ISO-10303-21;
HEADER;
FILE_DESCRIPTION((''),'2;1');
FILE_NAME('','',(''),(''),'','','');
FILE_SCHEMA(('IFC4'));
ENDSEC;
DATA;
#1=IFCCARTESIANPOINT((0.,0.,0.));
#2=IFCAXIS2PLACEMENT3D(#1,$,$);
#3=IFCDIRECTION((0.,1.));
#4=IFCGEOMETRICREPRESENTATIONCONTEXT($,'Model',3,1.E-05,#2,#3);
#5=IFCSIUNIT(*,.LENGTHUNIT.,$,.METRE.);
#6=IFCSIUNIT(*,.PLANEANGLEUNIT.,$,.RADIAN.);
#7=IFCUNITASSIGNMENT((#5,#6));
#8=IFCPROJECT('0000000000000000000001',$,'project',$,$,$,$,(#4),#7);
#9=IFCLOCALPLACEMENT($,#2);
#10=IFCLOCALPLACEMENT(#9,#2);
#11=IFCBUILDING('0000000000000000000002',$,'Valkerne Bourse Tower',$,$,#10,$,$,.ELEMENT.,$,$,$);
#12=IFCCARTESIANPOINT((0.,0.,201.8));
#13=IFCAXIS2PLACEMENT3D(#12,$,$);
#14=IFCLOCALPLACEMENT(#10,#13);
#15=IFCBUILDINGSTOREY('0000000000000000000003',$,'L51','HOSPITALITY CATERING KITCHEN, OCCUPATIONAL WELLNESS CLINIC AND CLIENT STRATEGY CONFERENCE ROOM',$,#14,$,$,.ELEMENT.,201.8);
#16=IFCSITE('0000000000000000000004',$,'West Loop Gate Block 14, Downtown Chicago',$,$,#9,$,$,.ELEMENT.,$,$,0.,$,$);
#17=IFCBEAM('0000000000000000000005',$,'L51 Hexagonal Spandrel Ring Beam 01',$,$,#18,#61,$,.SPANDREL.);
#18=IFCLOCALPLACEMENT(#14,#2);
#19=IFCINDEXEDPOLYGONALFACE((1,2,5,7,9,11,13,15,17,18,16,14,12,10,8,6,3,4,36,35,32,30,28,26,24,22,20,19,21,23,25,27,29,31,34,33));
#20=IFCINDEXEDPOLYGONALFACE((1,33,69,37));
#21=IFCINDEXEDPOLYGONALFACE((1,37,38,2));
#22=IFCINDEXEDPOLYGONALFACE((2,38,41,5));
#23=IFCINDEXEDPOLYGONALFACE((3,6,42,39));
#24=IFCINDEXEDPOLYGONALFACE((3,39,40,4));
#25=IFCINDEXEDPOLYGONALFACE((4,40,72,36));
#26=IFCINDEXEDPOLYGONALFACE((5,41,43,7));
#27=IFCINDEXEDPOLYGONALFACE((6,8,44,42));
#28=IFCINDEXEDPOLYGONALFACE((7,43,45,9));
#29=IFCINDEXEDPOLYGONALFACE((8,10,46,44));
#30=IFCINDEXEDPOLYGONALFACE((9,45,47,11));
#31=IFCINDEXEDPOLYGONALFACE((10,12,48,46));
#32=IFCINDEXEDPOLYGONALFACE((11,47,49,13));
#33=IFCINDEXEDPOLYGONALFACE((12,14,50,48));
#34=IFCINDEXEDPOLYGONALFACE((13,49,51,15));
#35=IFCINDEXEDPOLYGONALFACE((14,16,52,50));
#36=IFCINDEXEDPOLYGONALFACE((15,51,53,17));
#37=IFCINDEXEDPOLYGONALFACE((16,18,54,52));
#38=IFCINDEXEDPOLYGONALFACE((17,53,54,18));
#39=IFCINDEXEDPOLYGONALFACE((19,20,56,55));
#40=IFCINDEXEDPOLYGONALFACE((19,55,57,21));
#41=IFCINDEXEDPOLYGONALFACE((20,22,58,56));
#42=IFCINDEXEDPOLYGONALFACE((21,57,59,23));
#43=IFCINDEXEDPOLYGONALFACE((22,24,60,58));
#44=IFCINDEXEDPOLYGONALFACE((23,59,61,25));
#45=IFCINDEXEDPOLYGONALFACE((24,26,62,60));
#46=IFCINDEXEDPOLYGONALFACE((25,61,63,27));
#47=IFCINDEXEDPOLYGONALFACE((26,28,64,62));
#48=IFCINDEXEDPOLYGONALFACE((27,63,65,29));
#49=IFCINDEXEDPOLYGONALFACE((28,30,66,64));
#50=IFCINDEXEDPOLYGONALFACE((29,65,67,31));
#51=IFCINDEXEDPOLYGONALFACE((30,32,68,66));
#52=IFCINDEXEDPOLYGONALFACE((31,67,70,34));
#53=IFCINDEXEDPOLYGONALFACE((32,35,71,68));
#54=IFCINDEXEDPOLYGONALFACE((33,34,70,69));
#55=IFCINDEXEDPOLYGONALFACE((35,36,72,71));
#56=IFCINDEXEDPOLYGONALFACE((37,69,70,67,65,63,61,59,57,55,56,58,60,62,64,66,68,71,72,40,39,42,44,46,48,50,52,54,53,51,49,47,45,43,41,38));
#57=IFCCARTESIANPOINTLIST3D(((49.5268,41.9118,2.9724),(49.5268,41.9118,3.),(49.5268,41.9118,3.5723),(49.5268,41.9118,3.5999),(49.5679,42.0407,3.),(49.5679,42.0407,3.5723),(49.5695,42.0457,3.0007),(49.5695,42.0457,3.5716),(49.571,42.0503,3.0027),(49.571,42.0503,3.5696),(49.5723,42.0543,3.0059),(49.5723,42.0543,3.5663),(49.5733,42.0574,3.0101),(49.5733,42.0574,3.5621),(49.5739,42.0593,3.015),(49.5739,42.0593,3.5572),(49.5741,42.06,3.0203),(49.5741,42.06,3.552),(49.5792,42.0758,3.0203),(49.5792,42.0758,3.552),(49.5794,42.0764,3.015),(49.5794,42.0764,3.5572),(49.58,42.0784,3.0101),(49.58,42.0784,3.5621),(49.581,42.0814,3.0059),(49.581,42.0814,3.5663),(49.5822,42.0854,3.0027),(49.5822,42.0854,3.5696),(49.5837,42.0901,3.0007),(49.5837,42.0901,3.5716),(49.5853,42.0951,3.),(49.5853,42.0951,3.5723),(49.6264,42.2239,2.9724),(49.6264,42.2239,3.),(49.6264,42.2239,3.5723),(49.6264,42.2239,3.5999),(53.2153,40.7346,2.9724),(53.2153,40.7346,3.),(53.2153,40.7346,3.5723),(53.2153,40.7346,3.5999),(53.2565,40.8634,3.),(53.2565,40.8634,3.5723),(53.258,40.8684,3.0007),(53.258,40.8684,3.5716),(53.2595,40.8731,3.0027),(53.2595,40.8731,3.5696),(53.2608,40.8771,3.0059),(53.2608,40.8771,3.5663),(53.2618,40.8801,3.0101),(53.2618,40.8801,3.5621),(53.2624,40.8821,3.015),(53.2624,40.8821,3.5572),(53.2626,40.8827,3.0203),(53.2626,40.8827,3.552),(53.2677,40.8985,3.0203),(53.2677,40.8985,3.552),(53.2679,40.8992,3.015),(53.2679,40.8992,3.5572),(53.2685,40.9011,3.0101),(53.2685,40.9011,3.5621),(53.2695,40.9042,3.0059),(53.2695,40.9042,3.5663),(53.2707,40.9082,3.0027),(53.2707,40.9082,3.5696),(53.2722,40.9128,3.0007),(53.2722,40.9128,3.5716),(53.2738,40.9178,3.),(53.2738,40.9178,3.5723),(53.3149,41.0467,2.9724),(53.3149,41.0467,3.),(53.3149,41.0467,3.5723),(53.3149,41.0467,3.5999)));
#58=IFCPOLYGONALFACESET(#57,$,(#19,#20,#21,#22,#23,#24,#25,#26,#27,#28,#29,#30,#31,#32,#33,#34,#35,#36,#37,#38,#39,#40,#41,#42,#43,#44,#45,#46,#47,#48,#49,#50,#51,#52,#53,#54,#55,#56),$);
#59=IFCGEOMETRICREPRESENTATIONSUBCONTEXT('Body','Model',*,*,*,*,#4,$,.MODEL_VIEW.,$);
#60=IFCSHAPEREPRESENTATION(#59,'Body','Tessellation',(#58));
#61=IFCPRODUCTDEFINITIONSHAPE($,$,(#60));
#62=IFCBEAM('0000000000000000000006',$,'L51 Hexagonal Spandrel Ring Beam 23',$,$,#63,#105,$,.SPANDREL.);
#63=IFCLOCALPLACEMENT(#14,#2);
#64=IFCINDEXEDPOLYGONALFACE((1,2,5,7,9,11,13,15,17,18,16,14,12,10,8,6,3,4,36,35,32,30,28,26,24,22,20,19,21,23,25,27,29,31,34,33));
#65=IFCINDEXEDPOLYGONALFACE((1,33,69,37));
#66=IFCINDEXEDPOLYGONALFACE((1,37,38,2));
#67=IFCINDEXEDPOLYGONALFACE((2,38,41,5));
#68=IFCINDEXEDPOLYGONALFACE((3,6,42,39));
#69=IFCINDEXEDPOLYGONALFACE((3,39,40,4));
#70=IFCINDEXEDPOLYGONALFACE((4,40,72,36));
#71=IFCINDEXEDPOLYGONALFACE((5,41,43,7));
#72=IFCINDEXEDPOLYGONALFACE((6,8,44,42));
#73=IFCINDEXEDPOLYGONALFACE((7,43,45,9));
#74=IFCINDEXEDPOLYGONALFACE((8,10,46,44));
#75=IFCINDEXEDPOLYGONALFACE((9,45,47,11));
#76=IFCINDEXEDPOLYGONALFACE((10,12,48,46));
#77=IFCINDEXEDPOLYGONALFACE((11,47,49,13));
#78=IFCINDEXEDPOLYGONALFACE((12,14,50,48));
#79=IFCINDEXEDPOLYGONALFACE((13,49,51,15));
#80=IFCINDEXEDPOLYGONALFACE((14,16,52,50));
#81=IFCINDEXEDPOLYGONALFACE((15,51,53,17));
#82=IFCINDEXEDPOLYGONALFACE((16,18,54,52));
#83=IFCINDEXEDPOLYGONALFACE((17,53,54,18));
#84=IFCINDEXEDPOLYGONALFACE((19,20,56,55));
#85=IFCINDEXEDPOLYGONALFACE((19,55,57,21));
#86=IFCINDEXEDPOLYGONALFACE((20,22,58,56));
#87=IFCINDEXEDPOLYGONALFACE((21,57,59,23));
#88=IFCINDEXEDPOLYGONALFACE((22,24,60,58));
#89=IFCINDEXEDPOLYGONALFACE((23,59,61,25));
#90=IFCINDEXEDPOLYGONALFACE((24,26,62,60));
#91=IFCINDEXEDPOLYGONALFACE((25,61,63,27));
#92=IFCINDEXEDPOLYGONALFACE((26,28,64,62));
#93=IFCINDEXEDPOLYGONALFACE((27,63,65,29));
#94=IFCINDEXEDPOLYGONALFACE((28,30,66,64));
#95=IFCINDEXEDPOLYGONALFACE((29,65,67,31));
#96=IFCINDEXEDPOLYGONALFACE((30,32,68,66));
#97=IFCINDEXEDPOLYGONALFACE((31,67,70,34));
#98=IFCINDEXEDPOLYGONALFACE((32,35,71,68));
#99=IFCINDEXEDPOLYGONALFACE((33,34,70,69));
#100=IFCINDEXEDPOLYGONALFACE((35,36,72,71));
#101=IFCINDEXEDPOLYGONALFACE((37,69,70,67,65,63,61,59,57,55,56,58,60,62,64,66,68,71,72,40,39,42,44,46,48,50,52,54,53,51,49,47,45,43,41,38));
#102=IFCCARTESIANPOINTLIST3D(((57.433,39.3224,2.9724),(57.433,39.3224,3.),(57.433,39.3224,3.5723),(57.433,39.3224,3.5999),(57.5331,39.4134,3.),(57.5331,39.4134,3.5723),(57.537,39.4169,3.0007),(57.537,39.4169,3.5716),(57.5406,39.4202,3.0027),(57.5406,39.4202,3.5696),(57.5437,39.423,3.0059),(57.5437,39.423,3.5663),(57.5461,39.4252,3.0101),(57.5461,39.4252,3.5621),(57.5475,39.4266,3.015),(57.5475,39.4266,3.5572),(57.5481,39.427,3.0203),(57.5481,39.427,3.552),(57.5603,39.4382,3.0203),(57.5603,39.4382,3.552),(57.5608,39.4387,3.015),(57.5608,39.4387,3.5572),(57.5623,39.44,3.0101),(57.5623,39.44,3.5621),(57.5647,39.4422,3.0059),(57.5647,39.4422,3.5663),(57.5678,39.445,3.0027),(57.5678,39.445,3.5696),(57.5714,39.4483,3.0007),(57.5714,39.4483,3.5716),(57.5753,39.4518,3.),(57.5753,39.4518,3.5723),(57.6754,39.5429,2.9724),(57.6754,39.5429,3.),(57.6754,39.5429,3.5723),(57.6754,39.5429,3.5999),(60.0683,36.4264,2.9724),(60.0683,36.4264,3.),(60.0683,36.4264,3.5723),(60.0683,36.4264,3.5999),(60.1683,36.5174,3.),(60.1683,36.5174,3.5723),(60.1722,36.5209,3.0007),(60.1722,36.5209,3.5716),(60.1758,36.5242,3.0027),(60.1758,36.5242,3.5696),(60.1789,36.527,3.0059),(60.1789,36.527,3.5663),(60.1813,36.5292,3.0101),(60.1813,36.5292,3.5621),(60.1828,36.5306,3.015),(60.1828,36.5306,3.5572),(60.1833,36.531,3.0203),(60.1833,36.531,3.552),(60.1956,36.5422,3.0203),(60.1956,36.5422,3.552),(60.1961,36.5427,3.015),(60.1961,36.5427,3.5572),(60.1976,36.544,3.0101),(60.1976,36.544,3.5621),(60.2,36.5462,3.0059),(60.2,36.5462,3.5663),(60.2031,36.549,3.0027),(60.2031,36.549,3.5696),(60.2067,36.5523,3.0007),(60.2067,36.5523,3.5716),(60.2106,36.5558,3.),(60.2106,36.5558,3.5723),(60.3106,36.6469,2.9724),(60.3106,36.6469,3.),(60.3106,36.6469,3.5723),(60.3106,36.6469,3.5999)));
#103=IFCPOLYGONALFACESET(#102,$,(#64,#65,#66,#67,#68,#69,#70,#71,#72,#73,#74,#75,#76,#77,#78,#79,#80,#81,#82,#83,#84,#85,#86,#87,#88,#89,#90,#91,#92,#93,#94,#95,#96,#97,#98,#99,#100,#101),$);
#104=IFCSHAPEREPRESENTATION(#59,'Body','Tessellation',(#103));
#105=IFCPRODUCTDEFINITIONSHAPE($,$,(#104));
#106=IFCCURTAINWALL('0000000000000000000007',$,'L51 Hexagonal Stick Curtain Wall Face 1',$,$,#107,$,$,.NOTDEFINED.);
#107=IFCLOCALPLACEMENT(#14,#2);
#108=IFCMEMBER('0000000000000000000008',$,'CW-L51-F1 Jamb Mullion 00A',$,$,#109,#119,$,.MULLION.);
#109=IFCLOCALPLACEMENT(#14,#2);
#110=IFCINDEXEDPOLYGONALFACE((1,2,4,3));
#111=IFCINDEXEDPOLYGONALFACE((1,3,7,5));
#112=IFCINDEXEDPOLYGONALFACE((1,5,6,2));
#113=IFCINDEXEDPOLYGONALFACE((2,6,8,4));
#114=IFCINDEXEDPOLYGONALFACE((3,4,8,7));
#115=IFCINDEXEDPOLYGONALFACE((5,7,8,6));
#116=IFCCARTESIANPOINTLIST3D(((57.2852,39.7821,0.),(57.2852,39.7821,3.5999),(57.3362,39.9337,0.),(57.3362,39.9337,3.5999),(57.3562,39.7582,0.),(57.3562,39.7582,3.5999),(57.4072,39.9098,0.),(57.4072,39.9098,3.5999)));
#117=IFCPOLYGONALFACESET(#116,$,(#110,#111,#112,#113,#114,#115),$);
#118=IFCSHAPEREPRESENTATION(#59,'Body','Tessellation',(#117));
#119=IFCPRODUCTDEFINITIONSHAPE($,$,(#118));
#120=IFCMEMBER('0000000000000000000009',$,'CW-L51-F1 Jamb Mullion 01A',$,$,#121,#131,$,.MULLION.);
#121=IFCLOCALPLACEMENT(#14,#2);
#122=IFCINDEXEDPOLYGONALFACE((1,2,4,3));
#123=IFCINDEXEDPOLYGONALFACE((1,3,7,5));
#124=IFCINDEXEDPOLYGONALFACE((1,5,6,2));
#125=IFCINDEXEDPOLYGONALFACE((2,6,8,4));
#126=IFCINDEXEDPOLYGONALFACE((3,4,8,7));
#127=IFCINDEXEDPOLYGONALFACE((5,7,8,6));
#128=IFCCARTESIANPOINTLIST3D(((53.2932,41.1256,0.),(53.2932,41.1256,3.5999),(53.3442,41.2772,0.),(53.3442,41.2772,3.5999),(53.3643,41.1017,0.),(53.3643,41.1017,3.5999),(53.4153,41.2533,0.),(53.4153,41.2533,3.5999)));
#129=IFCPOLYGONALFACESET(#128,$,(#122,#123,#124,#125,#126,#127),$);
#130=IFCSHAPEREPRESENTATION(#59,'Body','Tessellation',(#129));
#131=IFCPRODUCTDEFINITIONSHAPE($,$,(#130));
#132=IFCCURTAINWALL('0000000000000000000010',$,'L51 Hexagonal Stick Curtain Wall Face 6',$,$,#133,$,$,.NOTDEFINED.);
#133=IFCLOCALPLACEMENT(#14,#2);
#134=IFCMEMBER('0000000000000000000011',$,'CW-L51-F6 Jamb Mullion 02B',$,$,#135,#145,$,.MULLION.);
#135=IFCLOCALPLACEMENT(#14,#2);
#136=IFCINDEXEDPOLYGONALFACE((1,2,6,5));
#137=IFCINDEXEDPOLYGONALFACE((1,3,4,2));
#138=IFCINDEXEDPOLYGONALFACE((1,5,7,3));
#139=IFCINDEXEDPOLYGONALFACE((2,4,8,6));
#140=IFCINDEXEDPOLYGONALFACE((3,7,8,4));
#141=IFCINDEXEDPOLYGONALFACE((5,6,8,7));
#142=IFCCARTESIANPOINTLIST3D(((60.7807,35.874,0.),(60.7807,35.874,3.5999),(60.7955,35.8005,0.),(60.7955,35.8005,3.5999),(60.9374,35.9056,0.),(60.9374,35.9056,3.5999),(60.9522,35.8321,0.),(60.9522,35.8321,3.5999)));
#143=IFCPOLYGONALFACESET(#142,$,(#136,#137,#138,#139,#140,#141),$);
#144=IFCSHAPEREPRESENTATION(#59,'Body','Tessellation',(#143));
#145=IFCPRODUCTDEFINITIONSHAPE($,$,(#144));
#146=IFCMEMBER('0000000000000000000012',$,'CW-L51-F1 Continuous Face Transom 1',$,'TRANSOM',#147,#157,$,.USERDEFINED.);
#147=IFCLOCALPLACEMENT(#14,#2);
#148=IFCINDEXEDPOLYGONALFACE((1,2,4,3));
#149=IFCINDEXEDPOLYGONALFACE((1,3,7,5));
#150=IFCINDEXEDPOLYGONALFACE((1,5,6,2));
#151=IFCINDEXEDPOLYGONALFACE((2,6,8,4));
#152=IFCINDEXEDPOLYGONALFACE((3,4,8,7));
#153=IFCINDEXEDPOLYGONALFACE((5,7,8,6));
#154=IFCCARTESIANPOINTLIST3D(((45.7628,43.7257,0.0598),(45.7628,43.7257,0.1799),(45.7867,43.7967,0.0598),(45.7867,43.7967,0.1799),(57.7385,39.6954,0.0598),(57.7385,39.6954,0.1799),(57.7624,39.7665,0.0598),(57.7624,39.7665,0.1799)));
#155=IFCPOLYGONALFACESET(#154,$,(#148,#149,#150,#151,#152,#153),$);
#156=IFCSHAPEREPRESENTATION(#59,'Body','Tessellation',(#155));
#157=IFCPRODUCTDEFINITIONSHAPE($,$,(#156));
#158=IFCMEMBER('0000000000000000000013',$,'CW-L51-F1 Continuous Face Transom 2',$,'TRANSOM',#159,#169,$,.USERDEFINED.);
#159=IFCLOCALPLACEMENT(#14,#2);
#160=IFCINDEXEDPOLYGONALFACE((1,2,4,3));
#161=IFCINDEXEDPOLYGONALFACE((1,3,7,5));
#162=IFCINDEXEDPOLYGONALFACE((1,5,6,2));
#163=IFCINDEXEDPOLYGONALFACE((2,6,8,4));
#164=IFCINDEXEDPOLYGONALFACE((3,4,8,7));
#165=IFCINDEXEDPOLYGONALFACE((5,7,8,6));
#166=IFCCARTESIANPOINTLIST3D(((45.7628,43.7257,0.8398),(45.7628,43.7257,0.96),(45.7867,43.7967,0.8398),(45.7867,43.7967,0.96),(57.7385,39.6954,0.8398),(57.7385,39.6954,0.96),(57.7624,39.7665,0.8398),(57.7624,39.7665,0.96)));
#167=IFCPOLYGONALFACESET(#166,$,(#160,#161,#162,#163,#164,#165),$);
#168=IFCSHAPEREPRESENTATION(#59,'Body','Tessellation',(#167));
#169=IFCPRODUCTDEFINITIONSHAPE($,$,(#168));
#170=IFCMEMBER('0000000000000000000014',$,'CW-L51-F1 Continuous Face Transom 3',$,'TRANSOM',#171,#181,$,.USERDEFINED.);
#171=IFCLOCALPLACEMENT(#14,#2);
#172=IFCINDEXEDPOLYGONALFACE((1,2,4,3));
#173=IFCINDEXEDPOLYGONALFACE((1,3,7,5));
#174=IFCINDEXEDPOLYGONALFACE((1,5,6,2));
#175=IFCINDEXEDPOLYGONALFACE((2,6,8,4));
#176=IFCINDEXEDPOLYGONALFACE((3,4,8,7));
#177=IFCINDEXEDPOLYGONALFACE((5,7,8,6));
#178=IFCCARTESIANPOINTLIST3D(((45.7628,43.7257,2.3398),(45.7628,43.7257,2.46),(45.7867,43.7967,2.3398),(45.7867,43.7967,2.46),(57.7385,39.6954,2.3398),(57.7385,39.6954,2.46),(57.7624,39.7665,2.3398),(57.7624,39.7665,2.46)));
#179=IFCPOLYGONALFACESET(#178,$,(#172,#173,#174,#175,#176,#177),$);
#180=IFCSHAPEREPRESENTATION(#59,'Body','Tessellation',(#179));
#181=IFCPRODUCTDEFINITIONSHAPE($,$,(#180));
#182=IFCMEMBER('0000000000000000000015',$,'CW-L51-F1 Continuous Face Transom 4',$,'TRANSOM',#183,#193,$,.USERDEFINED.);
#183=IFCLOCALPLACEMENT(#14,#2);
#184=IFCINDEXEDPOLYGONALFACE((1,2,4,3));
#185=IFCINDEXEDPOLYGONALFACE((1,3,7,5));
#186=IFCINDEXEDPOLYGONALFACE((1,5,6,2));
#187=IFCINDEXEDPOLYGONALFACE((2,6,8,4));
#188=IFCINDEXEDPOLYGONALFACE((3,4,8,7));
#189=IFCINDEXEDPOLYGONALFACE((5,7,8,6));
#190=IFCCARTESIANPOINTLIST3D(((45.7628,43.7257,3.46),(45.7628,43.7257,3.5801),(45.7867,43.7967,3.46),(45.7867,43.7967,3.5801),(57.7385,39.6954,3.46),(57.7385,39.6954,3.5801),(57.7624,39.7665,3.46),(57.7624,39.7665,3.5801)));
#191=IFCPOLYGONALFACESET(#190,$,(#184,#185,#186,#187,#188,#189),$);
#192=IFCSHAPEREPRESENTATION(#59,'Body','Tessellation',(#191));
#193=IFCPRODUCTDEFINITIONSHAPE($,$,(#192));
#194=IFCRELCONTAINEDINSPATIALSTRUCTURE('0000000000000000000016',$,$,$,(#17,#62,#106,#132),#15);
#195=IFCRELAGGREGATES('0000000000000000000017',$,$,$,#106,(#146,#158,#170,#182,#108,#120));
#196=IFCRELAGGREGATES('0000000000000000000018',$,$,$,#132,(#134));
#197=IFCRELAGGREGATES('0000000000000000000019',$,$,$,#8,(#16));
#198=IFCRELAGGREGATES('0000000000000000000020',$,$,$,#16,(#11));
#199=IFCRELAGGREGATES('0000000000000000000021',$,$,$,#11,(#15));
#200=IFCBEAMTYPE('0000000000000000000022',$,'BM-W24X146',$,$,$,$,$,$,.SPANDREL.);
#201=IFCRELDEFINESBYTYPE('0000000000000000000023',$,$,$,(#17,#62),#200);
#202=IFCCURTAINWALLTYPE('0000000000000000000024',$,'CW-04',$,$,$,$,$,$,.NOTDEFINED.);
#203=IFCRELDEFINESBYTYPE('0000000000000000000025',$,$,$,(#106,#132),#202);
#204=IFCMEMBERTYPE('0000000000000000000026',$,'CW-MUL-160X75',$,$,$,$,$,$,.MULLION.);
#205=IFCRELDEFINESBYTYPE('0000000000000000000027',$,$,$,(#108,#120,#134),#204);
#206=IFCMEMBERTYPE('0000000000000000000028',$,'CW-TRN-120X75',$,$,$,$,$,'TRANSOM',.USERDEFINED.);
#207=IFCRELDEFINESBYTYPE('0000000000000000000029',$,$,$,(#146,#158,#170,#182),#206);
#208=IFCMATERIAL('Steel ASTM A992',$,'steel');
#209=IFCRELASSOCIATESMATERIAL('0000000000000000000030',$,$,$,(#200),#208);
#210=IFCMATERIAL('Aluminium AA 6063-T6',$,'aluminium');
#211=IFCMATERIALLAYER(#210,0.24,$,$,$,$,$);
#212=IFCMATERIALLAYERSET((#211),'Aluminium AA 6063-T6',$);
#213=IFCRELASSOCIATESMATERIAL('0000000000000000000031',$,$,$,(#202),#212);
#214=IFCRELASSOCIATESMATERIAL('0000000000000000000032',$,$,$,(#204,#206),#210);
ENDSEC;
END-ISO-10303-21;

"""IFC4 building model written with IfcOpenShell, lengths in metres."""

from ifc_helpers import new_model, si_unit, direction, frame, origin, origin_2d, place, context, subcontext, project, spatial, rectangle, i_section, extrude, material, layer, layer_set, material_profile, profile_set, type_object, element, aggregate, save


model = new_model("IFC4")

# Units and contexts
model_context = context("Model", 3, precision=1e-05, world=origin(), true_north=direction((0.0, 1.0)))
body_context = subcontext(model_context, "Body", "Model", "MODEL_VIEW")
ifc_project = project(units=[si_unit("LENGTHUNIT", "METRE"), si_unit("PLANEANGLEUNIT", "RADIAN")], contexts=[model_context])

# Site, building, storey
site_placement = place(None, origin())
site = spatial("IfcSite", under=ifc_project, at=site_placement, Name="West Loop Gate Block 14, Downtown Chicago", CompositionType="ELEMENT", RefElevation=0.0)
building_placement = place(site_placement, origin())
building = spatial("IfcBuilding", under=site, at=building_placement, Name="Valkerne Bourse Tower", CompositionType="ELEMENT")
storey_placement = place(building_placement, frame((0.0, 0.0, 201.8)))
storey = spatial("IfcBuildingStorey", under=building, at=storey_placement, Name="L51", Description="HOSPITALITY CATERING KITCHEN, OCCUPATIONAL WELLNESS CLINIC AND CLIENT STRATEGY CONFERENCE ROOM", CompositionType="ELEMENT", Elevation=201.8)

# Beams
ifc_material_1 = material(Name="Steel ASTM A992", Category="steel")
ifc_material_profile_1 = material_profile(ifc_material_1, i_section(OverallWidth=0.3276, OverallDepth=0.6274, WebThickness=0.0166, FlangeThickness=0.0276, FilletRadius=0.0203, at=origin_2d()), Name="W24X146")
ifc_profile_set_1 = profile_set([ifc_material_profile_1], Name="Steel ASTM A992")
beam_type = type_object("IfcBeamType", Name="BM-W24X146", PredefinedType="SPANDREL", material=ifc_profile_set_1)
beam_1_placement = place(storey_placement, frame((53.2651, 40.8906, 3.2861), z_axis=(-0.952654, 0.304057, 0.0), x_axis=(-0.304057, -0.952654, 0.0)))
element("IfcBeam", 1, at=beam_1_placement, inside=storey, type_object=beam_type, Name="L51 Hexagonal Spandrel Ring Beam 01", PredefinedType="SPANDREL", context=body_context, shape_type="SweptSolid", body=[
    extrude(i_section(OverallWidth=0.3276, OverallDepth=0.6274, WebThickness=0.0166, FlangeThickness=0.0276, FilletRadius=0.0203, at=origin_2d()), origin(), (0.0, 0.0, 1.0), 3.8718),
])
beam_2_placement = place(storey_placement, frame((60.1895, 36.5366, 3.2861), z_axis=(-0.673027, 0.739618, 0.0), x_axis=(-0.739618, -0.673027, 0.0)))
element("IfcBeam", 2, at=beam_2_placement, inside=storey, type_object=beam_type, Name="L51 Hexagonal Spandrel Ring Beam 23", PredefinedType="SPANDREL", context=body_context, shape_type="SweptSolid", body=[
    extrude(i_section(OverallWidth=0.3276, OverallDepth=0.6274, WebThickness=0.0166, FlangeThickness=0.0276, FilletRadius=0.0203, at=origin_2d()), origin(), (0.0, 0.0, 1.0), 3.9155),
])

# Curtain wall, members
ifc_material_2 = material(Name="Aluminium AA 6063-T6", Category="aluminium")
ifc_layer_1 = layer(ifc_material_2, 0.24)
ifc_layer_set_1 = layer_set([ifc_layer_1], Name="Aluminium AA 6063-T6")
curtain_wall_type = type_object("IfcCurtainWallType", Name="CW-04", PredefinedType="NOTDEFINED", material=ifc_layer_set_1)
curtain_wall_1_placement = place(storey_placement, origin())
curtain_wall_1 = element("IfcCurtainWall", 3, at=curtain_wall_1_placement, inside=storey, type_object=curtain_wall_type, Name="L51 Hexagonal Stick Curtain Wall Face 1", PredefinedType="NOTDEFINED")
ifc_material_profile_2 = material_profile(ifc_material_2, rectangle(XDim=0.075, YDim=0.1599, at=origin_2d()), Name="CWM-75X160")
ifc_profile_set_2 = profile_set([ifc_material_profile_2], Name="Aluminium AA 6063-T6")
member_type_1 = type_object("IfcMemberType", Name="CW-MUL-160X75", PredefinedType="MULLION", material=ifc_profile_set_2)
member_1_placement = place(storey_placement, frame((57.3462, 39.8459, 0.0), z_axis=(0.0, 0.0, 1.0), x_axis=(-0.947765, 0.318969, 0.0)))
member_1 = element("IfcMember", 4, at=member_1_placement, type_object=member_type_1, Name="CW-L51-F1 Jamb Mullion 00A", PredefinedType="MULLION", context=body_context, shape_type="SweptSolid", body=[
    extrude(rectangle(XDim=0.075, YDim=0.1599, at=origin_2d()), origin(), (0.0, 0.0, 1.0), 3.5999),
])
member_2_placement = place(storey_placement, frame((53.3542, 41.1895, 0.0), z_axis=(0.0, 0.0, 1.0), x_axis=(-0.947772, 0.318947, 0.0)))
member_2 = element("IfcMember", 5, at=member_2_placement, type_object=member_type_1, Name="CW-L51-F1 Jamb Mullion 01A", PredefinedType="MULLION", context=body_context, shape_type="SweptSolid", body=[
    extrude(rectangle(XDim=0.075, YDim=0.1599, at=origin_2d()), origin(), (0.0, 0.0, 1.0), 3.5999),
])

# Curtain wall, member
curtain_wall_2_placement = place(storey_placement, origin())
curtain_wall_2 = element("IfcCurtainWall", 6, at=curtain_wall_2_placement, inside=storey, type_object=curtain_wall_type, Name="L51 Hexagonal Stick Curtain Wall Face 6", PredefinedType="NOTDEFINED")
member_3_placement = place(storey_placement, frame((60.8665, 35.853, 0.0), z_axis=(0.0, 0.0, 1.0), x_axis=(-0.19765, 0.980273, 0.0)))
member_3 = element("IfcMember", 7, at=member_3_placement, type_object=member_type_1, Name="CW-L51-F6 Jamb Mullion 02B", PredefinedType="MULLION", context=body_context, shape_type="SweptSolid", body=[
    extrude(rectangle(XDim=0.075, YDim=0.1599, at=origin_2d()), origin(), (0.0, 0.0, 1.0), 3.5999),
])

# Members
ifc_material_profile_3 = material_profile(ifc_material_2, rectangle(XDim=0.075, YDim=0.1201, at=origin_2d()), Name="CWT-75X120")
ifc_profile_set_3 = profile_set([ifc_material_profile_3], Name="Aluminium AA 6063-T6")
member_type_2 = type_object("IfcMemberType", Name="CW-TRN-120X75", ElementType="TRANSOM", PredefinedType="USERDEFINED", material=ifc_profile_set_3)
member_4_placement = place(storey_placement, frame((57.7505, 39.731, 0.1199), z_axis=(-0.947769, 0.318957, 0.0), x_axis=(-0.318957, -0.947769, 0.0)))
member_4 = element("IfcMember", 8, at=member_4_placement, type_object=member_type_2, Name="CW-L51-F1 Continuous Face Transom 1", ObjectType="TRANSOM", PredefinedType="USERDEFINED", context=body_context, shape_type="SweptSolid", body=[
    extrude(rectangle(XDim=0.075, YDim=0.1201, at=origin_2d()), origin(), (0.0, 0.0, 1.0), 12.6357),
])
member_5_placement = place(storey_placement, frame((57.7505, 39.731, 0.8999), z_axis=(-0.947769, 0.318957, 0.0), x_axis=(-0.318957, -0.947769, 0.0)))
member_5 = element("IfcMember", 9, at=member_5_placement, type_object=member_type_2, Name="CW-L51-F1 Continuous Face Transom 2", ObjectType="TRANSOM", PredefinedType="USERDEFINED", context=body_context, shape_type="SweptSolid", body=[
    extrude(rectangle(XDim=0.075, YDim=0.1201, at=origin_2d()), origin(), (0.0, 0.0, 1.0), 12.6357),
])
member_6_placement = place(storey_placement, frame((57.7505, 39.731, 2.3999), z_axis=(-0.947769, 0.318957, 0.0), x_axis=(-0.318957, -0.947769, 0.0)))
member_6 = element("IfcMember", 10, at=member_6_placement, type_object=member_type_2, Name="CW-L51-F1 Continuous Face Transom 3", ObjectType="TRANSOM", PredefinedType="USERDEFINED", context=body_context, shape_type="SweptSolid", body=[
    extrude(rectangle(XDim=0.075, YDim=0.1201, at=origin_2d()), origin(), (0.0, 0.0, 1.0), 12.6357),
])
member_7_placement = place(storey_placement, frame((57.7505, 39.731, 3.52), z_axis=(-0.947769, 0.318957, 0.0), x_axis=(-0.318957, -0.947769, 0.0)))
member_7 = element("IfcMember", 11, at=member_7_placement, type_object=member_type_2, Name="CW-L51-F1 Continuous Face Transom 4", ObjectType="TRANSOM", PredefinedType="USERDEFINED", context=body_context, shape_type="SweptSolid", body=[
    extrude(rectangle(XDim=0.075, YDim=0.1201, at=origin_2d()), origin(), (0.0, 0.0, 1.0), 12.6357),
])

aggregate(curtain_wall_1, [member_4, member_5, member_6, member_7, member_1, member_2])
aggregate(curtain_wall_2, [member_3])

save(model, "model.ifc")
